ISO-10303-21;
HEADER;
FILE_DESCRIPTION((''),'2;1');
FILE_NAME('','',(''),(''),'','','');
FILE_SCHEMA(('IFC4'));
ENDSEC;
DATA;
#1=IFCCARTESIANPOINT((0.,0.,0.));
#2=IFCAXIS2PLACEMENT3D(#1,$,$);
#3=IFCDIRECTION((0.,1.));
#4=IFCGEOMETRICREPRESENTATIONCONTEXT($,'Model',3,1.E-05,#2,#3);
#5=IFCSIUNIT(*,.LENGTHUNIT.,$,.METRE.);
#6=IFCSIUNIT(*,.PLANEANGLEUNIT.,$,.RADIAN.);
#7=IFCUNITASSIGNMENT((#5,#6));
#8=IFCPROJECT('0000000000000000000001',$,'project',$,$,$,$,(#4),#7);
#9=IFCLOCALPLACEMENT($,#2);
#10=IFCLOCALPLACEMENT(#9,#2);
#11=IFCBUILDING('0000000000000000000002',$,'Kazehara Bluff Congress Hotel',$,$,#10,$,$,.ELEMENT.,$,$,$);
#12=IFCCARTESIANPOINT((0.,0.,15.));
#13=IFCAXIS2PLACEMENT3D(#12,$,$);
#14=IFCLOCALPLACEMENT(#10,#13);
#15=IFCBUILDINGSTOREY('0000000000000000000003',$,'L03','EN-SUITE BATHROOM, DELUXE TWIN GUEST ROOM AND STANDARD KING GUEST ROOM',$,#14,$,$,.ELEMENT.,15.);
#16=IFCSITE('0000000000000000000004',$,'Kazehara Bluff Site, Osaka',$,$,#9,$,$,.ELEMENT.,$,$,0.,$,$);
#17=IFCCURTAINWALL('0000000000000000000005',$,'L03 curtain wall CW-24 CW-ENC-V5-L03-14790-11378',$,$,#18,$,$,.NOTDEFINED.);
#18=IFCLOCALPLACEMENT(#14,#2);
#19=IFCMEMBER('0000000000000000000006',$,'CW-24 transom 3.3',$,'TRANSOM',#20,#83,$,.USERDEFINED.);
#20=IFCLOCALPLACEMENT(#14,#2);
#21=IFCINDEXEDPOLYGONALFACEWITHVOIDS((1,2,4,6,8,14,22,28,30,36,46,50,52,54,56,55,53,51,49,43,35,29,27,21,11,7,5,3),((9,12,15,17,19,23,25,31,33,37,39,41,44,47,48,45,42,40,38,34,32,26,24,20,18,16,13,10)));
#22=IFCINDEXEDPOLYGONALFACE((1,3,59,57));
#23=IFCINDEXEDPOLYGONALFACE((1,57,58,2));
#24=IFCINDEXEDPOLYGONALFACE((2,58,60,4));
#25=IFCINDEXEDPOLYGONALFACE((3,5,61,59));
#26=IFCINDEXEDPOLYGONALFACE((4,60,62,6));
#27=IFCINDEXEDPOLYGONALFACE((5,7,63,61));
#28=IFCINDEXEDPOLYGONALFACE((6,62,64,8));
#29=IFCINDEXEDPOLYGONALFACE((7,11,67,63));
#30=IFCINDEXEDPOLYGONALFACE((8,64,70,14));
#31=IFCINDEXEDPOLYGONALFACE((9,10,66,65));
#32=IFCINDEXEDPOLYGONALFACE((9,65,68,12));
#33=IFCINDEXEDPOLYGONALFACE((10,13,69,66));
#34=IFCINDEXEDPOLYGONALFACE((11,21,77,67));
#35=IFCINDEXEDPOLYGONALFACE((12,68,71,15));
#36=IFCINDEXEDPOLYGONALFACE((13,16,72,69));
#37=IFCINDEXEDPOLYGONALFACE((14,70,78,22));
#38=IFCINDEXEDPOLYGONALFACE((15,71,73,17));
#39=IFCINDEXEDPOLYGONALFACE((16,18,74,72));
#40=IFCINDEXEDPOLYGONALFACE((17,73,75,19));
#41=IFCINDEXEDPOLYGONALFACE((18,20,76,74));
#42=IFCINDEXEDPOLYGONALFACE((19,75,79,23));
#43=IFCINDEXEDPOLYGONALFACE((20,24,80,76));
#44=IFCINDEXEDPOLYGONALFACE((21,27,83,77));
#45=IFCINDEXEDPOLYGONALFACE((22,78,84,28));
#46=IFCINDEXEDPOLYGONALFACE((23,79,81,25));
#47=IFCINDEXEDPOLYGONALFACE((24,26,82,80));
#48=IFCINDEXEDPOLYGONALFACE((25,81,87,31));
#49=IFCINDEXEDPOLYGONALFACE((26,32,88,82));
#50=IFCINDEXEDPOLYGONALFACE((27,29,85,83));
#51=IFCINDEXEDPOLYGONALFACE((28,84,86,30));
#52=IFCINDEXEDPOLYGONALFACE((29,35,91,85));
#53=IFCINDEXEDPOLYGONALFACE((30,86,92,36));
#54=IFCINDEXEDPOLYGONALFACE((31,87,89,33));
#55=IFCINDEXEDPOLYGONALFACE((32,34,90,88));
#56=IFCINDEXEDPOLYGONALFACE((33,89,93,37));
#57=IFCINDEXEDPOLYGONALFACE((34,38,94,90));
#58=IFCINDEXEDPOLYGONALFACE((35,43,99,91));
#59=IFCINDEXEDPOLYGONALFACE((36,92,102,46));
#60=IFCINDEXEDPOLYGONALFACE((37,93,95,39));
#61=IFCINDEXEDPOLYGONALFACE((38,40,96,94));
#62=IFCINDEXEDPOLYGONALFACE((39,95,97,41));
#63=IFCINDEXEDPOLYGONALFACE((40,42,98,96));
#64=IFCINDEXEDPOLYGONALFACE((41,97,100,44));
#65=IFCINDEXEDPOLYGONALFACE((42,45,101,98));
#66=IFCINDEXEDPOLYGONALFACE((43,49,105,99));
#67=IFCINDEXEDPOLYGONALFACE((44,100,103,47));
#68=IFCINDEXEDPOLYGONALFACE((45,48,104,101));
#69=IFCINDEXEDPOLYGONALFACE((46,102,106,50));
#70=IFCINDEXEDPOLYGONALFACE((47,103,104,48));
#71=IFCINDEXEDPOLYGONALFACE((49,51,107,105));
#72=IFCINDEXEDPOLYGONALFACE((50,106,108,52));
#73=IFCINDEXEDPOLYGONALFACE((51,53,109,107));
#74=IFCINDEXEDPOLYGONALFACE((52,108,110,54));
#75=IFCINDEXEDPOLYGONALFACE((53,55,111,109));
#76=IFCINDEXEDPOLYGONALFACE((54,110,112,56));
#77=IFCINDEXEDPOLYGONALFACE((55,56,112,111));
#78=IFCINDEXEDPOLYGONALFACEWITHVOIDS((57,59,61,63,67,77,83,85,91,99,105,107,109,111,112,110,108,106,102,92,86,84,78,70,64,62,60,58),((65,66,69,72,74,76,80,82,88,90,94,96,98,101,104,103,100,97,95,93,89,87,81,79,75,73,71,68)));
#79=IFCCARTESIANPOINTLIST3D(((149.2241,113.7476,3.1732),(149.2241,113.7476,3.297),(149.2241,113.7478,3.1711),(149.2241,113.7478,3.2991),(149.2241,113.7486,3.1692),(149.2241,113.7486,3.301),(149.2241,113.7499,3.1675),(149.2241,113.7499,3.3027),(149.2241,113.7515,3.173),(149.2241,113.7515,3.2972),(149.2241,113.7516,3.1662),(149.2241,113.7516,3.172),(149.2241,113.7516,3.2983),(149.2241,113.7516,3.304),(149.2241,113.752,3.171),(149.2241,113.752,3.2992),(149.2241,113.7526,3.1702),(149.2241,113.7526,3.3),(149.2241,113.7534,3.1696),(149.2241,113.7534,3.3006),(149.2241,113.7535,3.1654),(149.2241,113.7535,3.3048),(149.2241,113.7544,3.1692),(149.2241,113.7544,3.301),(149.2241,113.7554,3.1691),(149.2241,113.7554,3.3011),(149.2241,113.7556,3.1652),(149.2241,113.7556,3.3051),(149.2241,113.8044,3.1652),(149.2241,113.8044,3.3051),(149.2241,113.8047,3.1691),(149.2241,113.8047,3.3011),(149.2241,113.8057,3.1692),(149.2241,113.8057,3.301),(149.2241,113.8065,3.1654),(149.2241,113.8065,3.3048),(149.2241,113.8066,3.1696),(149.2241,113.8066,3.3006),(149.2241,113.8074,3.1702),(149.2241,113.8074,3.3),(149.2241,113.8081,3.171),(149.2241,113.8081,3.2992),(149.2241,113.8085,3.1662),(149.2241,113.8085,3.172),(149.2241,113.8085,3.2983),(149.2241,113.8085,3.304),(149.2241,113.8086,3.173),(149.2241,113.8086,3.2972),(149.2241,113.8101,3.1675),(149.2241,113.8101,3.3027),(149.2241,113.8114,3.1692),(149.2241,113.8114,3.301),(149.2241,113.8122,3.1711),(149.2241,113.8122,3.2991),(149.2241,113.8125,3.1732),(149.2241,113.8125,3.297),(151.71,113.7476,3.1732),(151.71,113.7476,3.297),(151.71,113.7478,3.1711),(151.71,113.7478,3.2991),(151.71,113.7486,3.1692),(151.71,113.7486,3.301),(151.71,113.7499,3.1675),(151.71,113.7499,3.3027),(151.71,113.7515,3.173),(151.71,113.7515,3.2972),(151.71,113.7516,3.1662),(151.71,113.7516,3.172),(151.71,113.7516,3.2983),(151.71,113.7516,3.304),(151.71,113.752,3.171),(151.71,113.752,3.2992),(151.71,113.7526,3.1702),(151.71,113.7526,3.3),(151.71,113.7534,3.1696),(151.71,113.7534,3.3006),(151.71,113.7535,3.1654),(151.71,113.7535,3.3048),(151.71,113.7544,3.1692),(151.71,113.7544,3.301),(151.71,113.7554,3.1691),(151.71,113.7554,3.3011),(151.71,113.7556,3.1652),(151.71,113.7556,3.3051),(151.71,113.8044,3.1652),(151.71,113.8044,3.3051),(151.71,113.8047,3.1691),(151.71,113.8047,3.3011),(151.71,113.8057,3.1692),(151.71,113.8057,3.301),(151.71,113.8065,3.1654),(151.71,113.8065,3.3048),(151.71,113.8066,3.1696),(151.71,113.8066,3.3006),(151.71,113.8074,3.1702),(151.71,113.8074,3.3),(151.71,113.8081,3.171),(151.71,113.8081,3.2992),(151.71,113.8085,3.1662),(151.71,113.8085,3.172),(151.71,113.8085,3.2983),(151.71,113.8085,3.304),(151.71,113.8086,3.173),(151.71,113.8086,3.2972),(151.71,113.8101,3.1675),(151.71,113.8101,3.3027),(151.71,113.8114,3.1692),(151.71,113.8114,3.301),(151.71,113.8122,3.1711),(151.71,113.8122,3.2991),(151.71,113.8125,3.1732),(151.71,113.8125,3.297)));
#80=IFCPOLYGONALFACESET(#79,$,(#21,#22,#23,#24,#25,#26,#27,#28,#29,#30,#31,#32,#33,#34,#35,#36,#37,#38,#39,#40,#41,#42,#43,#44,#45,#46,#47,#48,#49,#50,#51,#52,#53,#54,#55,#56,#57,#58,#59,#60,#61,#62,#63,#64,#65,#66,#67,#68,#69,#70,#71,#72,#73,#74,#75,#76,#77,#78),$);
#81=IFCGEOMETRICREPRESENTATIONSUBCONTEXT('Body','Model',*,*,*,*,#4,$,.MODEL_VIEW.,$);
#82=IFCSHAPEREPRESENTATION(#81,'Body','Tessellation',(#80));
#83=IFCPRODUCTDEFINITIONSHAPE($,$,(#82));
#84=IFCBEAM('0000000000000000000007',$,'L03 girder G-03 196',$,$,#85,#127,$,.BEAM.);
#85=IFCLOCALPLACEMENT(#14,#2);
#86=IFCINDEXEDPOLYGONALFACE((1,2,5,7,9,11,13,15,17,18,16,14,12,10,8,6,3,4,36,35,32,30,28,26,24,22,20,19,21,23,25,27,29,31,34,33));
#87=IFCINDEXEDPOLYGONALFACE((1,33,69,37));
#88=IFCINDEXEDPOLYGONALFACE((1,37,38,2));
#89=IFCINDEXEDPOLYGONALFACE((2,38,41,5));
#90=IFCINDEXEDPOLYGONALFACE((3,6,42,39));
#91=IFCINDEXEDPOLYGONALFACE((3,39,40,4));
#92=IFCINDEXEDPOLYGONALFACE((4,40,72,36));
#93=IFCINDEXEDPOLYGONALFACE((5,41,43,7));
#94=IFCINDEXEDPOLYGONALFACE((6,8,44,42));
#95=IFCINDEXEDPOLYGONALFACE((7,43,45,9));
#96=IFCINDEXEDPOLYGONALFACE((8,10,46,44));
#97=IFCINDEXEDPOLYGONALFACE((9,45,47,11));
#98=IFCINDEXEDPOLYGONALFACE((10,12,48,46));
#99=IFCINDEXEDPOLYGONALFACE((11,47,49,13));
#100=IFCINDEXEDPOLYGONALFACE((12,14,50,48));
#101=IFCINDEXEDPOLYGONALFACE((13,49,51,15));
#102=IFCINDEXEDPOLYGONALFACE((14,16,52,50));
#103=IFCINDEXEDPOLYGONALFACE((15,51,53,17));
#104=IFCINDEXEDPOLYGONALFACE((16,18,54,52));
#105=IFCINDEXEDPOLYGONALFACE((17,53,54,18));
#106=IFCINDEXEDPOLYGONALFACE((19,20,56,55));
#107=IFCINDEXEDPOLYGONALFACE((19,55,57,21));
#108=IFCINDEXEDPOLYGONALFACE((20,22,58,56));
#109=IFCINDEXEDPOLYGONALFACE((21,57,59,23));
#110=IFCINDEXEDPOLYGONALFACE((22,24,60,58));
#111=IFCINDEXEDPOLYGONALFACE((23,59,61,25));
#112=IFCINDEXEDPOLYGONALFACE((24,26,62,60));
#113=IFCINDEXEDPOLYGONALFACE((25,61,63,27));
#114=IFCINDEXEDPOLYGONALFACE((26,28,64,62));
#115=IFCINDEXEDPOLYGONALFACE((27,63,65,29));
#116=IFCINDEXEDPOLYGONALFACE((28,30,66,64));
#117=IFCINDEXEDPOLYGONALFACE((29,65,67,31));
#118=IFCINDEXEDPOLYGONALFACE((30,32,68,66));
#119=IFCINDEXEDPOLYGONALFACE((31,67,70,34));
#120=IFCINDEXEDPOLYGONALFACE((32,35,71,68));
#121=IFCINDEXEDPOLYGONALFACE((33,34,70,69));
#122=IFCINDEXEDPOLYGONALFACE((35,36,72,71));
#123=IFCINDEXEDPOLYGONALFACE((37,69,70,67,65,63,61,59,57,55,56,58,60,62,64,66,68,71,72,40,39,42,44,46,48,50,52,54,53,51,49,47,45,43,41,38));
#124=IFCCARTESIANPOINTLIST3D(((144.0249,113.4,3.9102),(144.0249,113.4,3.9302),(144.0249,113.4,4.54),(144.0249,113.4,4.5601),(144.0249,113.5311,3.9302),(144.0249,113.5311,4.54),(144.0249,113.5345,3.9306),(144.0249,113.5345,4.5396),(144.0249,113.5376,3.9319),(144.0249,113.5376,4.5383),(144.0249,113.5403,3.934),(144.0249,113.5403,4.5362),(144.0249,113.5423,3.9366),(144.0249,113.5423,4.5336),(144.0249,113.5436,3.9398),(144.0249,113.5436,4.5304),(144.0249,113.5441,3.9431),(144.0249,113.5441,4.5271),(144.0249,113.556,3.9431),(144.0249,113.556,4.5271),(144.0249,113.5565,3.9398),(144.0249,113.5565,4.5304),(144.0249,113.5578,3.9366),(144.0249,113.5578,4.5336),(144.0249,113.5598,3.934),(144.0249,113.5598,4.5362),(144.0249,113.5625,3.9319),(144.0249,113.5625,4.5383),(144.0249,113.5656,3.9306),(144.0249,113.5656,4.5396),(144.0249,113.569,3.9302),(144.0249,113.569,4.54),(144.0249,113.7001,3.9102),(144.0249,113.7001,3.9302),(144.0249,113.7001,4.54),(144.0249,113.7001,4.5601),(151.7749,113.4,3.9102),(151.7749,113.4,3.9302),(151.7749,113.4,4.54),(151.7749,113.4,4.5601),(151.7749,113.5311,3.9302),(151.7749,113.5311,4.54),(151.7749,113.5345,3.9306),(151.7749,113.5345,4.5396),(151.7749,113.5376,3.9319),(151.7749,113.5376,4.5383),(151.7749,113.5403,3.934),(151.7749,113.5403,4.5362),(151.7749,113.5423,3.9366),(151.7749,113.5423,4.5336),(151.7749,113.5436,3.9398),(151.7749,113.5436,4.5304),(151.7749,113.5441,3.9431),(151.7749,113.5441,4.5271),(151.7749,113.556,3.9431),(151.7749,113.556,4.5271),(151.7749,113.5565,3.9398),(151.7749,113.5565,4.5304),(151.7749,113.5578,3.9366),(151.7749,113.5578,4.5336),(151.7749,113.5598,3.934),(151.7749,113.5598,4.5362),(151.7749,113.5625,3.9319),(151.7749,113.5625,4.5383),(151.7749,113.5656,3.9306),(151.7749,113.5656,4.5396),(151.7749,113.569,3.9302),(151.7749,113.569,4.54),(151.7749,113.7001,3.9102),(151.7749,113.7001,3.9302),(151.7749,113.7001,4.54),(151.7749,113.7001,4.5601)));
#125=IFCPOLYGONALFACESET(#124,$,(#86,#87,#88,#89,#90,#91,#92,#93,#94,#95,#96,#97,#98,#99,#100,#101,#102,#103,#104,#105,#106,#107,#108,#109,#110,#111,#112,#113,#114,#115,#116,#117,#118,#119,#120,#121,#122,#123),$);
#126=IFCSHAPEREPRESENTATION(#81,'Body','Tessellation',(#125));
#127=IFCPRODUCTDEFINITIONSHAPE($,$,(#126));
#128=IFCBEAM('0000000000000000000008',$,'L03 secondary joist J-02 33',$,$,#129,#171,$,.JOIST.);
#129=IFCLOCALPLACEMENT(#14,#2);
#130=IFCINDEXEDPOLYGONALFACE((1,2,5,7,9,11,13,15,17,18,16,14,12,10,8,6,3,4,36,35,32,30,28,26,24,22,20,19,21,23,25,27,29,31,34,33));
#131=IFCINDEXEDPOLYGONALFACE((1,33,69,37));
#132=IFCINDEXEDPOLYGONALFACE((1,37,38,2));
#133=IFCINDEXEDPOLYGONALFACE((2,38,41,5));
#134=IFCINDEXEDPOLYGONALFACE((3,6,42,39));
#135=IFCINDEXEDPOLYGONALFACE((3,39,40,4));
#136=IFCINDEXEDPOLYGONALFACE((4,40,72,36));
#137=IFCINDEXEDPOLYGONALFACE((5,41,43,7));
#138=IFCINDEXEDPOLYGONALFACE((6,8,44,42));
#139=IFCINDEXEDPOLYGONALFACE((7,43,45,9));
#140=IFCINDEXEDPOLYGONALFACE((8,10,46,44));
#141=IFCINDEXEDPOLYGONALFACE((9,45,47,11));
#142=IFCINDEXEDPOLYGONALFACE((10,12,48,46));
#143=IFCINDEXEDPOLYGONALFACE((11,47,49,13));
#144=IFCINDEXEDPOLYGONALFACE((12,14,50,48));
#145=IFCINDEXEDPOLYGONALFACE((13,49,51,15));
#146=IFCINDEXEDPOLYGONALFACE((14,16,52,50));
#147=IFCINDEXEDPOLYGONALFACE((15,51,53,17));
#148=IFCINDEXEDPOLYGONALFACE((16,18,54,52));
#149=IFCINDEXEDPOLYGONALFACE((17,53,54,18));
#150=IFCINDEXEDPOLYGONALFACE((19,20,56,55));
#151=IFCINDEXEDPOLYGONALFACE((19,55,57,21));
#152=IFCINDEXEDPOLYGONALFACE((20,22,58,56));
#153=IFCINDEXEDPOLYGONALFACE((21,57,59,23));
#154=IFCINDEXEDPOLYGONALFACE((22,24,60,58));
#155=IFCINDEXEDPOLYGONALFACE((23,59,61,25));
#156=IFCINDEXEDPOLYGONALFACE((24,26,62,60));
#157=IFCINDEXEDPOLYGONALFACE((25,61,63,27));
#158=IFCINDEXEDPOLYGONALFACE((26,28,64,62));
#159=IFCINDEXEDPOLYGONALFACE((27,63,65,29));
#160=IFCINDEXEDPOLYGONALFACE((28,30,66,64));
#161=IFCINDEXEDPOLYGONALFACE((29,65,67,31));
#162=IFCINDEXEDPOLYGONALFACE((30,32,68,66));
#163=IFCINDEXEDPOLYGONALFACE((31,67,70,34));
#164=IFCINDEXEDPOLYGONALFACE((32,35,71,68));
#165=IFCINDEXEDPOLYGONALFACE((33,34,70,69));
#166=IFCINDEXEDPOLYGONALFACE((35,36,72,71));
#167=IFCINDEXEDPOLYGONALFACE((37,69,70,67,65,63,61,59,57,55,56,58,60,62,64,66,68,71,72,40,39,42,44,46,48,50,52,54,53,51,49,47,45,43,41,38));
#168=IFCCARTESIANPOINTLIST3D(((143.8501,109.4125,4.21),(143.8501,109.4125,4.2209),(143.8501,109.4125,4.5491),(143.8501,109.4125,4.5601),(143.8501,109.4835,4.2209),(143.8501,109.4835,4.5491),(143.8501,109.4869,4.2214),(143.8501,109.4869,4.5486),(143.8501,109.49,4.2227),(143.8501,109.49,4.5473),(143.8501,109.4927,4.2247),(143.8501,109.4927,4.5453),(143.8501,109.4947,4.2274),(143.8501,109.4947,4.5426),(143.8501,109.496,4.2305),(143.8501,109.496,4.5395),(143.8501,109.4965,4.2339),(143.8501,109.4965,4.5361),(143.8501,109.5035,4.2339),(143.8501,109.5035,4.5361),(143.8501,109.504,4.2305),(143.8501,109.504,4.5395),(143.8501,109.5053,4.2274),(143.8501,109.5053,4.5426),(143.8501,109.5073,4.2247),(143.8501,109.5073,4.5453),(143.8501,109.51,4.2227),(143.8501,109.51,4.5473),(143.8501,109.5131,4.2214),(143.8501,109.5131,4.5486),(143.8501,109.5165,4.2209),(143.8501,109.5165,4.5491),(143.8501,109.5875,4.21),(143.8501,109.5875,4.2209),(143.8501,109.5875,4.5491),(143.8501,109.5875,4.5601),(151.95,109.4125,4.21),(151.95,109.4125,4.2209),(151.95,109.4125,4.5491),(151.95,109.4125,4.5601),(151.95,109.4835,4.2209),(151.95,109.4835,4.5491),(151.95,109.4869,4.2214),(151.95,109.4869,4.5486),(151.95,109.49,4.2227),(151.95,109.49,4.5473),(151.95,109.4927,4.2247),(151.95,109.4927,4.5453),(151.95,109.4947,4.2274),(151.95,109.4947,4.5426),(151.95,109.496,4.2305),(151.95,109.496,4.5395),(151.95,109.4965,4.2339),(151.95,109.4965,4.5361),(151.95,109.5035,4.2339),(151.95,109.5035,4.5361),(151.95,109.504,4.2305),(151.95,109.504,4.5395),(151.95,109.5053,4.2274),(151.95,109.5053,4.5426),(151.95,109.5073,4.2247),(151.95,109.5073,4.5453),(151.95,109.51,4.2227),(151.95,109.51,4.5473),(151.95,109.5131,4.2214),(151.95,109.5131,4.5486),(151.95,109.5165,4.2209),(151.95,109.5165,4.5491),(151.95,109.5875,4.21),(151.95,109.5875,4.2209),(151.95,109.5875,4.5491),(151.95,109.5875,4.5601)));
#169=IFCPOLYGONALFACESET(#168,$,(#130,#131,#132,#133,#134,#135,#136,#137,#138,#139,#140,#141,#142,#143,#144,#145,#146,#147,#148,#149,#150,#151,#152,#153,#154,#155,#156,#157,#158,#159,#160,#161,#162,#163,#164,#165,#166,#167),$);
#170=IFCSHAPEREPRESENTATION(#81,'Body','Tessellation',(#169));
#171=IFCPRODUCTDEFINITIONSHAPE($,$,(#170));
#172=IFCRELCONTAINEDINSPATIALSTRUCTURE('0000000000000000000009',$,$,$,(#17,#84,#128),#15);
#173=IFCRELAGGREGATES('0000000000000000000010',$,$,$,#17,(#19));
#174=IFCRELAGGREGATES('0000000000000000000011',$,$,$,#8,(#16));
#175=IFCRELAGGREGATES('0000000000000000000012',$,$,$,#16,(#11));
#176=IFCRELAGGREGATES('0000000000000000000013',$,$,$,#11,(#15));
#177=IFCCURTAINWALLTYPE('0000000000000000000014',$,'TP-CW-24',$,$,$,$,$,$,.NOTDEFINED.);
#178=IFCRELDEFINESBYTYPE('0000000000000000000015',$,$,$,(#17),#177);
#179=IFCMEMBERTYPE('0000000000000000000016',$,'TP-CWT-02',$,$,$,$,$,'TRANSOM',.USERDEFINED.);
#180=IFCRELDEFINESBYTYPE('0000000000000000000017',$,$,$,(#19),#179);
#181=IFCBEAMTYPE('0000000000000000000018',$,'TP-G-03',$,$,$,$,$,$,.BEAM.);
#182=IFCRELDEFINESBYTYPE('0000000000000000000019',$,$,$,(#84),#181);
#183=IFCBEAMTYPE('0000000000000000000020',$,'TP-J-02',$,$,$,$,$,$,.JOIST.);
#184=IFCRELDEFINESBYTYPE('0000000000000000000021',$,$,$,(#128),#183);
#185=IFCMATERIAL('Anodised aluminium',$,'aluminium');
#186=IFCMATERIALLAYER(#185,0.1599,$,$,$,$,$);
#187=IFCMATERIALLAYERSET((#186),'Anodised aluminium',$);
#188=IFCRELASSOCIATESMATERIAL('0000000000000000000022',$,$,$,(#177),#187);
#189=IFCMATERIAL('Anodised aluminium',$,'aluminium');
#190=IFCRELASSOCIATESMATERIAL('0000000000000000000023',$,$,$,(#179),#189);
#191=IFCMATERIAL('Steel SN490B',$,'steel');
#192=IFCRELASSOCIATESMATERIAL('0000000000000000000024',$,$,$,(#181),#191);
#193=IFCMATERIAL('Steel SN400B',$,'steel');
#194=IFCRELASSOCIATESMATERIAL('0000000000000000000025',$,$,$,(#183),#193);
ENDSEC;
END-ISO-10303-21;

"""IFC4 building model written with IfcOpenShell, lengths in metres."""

from ifc_helpers import new_model, si_unit, direction, frame, origin, origin_2d, place, context, subcontext, project, spatial, hollow_rectangle, i_section, extrude, material, layer, layer_set, material_profile, profile_set, type_object, element, aggregate, save


model = new_model("IFC4")

# Units and contexts
model_context = context("Model", 3, precision=1e-05, world=origin(), true_north=direction((0.0, 1.0)))
body_context = subcontext(model_context, "Body", "Model", "MODEL_VIEW")
ifc_project = project(units=[si_unit("LENGTHUNIT", "METRE"), si_unit("PLANEANGLEUNIT", "RADIAN")], contexts=[model_context])

# Site, building, storey
site_placement = place(None, origin())
site = spatial("IfcSite", under=ifc_project, at=site_placement, Name="Kazehara Bluff Site, Osaka", CompositionType="ELEMENT", RefElevation=0.0)
building_placement = place(site_placement, origin())
building = spatial("IfcBuilding", under=site, at=building_placement, Name="Kazehara Bluff Congress Hotel", CompositionType="ELEMENT")
storey_placement = place(building_placement, frame((0.0, 0.0, 15.0)))
storey = spatial("IfcBuildingStorey", under=building, at=storey_placement, Name="L03", Description="EN-SUITE BATHROOM, DELUXE TWIN GUEST ROOM AND STANDARD KING GUEST ROOM", CompositionType="ELEMENT", Elevation=15.0)

# Curtain wall, member
ifc_material_1 = material(Name="Anodised aluminium", Category="aluminium")
ifc_layer_1 = layer(ifc_material_1, 0.1599)
ifc_layer_set_1 = layer_set([ifc_layer_1], Name="Anodised aluminium")
curtain_wall_type = type_object("IfcCurtainWallType", Name="TP-CW-24", PredefinedType="NOTDEFINED", material=ifc_layer_set_1)
curtain_wall_placement = place(storey_placement, origin())
curtain_wall = element("IfcCurtainWall", 1, at=curtain_wall_placement, inside=storey, type_object=curtain_wall_type, Name="L03 curtain wall CW-24 CW-ENC-V5-L03-14790-11378", PredefinedType="NOTDEFINED")
ifc_material_2 = material(Name="Anodised aluminium", Category="aluminium")
ifc_material_profile_1 = material_profile(ifc_material_2, hollow_rectangle(XDim=0.0649, YDim=0.1399, WallThickness=0.0039, InnerFilletRadius=0.0039, OuterFilletRadius=0.0081, at=origin_2d()))
ifc_profile_set_1 = profile_set([ifc_material_profile_1], Name="Anodised aluminium")
member_type_1 = type_object("IfcMemberType", Name="TP-CWT-02", ElementType="TRANSOM", PredefinedType="USERDEFINED", material=ifc_profile_set_1)
member_1_placement = place(storey_placement, frame((149.2241, 113.78, 3.2351), z_axis=(1.0, 0.0, 0.0), x_axis=(0.0, 1.0, 0.0)))
member_1 = element("IfcMember", 2, at=member_1_placement, type_object=member_type_1, Name="CW-24 transom 3.3", ObjectType="TRANSOM", PredefinedType="USERDEFINED", context=body_context, shape_type="SweptSolid", body=[
    extrude(hollow_rectangle(XDim=0.0649, YDim=0.1399, WallThickness=0.0039, InnerFilletRadius=0.0039, OuterFilletRadius=0.0081, at=origin_2d()), origin(), (0.0, 0.0, 1.0), 2.4858),
])

# Beams
ifc_material_3 = material(Name="Steel SN490B", Category="steel")
ifc_material_profile_2 = material_profile(ifc_material_3, i_section(OverallWidth=0.3, OverallDepth=0.6499, WebThickness=0.012, FlangeThickness=0.02, FilletRadius=0.0129, at=origin_2d()))
ifc_profile_set_2 = profile_set([ifc_material_profile_2], Name="Steel SN490B")
beam_type_1 = type_object("IfcBeamType", Name="TP-G-03", PredefinedType="BEAM", material=ifc_profile_set_2)
beam_1_placement = place(storey_placement, frame((144.0249, 113.55, 4.2351), z_axis=(1.0, 0.0, 0.0), x_axis=(0.0, 1.0, 0.0)))
element("IfcBeam", 3, at=beam_1_placement, inside=storey, type_object=beam_type_1, Name="L03 girder G-03 196", PredefinedType="BEAM", context=body_context, shape_type="SweptSolid", body=[
    extrude(i_section(OverallWidth=0.3, OverallDepth=0.6499, WebThickness=0.012, FlangeThickness=0.02, FilletRadius=0.0129, at=origin_2d()), origin(), (0.0, 0.0, 1.0), 7.75),
])
ifc_material_4 = material(Name="Steel SN400B", Category="steel")
ifc_material_profile_3 = material_profile(ifc_material_4, i_section(OverallWidth=0.175, OverallDepth=0.3501, WebThickness=0.0071, FlangeThickness=0.011, FilletRadius=0.0129, at=origin_2d()))
ifc_profile_set_3 = profile_set([ifc_material_profile_3], Name="Steel SN400B")
beam_type_2 = type_object("IfcBeamType", Name="TP-J-02", PredefinedType="JOIST", material=ifc_profile_set_3)
beam_2_placement = place(storey_placement, frame((143.8501, 109.5, 4.385), z_axis=(1.0, 0.0, 0.0), x_axis=(0.0, 1.0, 0.0)))
element("IfcBeam", 4, at=beam_2_placement, inside=storey, type_object=beam_type_2, Name="L03 secondary joist J-02 33", PredefinedType="JOIST", context=body_context, shape_type="SweptSolid", body=[
    extrude(i_section(OverallWidth=0.175, OverallDepth=0.3501, WebThickness=0.0071, FlangeThickness=0.011, FilletRadius=0.0129, at=origin_2d()), origin(), (0.0, 0.0, 1.0), 8.0999),
])

aggregate(curtain_wall, [member_1])

save(model, "model.ifc")
